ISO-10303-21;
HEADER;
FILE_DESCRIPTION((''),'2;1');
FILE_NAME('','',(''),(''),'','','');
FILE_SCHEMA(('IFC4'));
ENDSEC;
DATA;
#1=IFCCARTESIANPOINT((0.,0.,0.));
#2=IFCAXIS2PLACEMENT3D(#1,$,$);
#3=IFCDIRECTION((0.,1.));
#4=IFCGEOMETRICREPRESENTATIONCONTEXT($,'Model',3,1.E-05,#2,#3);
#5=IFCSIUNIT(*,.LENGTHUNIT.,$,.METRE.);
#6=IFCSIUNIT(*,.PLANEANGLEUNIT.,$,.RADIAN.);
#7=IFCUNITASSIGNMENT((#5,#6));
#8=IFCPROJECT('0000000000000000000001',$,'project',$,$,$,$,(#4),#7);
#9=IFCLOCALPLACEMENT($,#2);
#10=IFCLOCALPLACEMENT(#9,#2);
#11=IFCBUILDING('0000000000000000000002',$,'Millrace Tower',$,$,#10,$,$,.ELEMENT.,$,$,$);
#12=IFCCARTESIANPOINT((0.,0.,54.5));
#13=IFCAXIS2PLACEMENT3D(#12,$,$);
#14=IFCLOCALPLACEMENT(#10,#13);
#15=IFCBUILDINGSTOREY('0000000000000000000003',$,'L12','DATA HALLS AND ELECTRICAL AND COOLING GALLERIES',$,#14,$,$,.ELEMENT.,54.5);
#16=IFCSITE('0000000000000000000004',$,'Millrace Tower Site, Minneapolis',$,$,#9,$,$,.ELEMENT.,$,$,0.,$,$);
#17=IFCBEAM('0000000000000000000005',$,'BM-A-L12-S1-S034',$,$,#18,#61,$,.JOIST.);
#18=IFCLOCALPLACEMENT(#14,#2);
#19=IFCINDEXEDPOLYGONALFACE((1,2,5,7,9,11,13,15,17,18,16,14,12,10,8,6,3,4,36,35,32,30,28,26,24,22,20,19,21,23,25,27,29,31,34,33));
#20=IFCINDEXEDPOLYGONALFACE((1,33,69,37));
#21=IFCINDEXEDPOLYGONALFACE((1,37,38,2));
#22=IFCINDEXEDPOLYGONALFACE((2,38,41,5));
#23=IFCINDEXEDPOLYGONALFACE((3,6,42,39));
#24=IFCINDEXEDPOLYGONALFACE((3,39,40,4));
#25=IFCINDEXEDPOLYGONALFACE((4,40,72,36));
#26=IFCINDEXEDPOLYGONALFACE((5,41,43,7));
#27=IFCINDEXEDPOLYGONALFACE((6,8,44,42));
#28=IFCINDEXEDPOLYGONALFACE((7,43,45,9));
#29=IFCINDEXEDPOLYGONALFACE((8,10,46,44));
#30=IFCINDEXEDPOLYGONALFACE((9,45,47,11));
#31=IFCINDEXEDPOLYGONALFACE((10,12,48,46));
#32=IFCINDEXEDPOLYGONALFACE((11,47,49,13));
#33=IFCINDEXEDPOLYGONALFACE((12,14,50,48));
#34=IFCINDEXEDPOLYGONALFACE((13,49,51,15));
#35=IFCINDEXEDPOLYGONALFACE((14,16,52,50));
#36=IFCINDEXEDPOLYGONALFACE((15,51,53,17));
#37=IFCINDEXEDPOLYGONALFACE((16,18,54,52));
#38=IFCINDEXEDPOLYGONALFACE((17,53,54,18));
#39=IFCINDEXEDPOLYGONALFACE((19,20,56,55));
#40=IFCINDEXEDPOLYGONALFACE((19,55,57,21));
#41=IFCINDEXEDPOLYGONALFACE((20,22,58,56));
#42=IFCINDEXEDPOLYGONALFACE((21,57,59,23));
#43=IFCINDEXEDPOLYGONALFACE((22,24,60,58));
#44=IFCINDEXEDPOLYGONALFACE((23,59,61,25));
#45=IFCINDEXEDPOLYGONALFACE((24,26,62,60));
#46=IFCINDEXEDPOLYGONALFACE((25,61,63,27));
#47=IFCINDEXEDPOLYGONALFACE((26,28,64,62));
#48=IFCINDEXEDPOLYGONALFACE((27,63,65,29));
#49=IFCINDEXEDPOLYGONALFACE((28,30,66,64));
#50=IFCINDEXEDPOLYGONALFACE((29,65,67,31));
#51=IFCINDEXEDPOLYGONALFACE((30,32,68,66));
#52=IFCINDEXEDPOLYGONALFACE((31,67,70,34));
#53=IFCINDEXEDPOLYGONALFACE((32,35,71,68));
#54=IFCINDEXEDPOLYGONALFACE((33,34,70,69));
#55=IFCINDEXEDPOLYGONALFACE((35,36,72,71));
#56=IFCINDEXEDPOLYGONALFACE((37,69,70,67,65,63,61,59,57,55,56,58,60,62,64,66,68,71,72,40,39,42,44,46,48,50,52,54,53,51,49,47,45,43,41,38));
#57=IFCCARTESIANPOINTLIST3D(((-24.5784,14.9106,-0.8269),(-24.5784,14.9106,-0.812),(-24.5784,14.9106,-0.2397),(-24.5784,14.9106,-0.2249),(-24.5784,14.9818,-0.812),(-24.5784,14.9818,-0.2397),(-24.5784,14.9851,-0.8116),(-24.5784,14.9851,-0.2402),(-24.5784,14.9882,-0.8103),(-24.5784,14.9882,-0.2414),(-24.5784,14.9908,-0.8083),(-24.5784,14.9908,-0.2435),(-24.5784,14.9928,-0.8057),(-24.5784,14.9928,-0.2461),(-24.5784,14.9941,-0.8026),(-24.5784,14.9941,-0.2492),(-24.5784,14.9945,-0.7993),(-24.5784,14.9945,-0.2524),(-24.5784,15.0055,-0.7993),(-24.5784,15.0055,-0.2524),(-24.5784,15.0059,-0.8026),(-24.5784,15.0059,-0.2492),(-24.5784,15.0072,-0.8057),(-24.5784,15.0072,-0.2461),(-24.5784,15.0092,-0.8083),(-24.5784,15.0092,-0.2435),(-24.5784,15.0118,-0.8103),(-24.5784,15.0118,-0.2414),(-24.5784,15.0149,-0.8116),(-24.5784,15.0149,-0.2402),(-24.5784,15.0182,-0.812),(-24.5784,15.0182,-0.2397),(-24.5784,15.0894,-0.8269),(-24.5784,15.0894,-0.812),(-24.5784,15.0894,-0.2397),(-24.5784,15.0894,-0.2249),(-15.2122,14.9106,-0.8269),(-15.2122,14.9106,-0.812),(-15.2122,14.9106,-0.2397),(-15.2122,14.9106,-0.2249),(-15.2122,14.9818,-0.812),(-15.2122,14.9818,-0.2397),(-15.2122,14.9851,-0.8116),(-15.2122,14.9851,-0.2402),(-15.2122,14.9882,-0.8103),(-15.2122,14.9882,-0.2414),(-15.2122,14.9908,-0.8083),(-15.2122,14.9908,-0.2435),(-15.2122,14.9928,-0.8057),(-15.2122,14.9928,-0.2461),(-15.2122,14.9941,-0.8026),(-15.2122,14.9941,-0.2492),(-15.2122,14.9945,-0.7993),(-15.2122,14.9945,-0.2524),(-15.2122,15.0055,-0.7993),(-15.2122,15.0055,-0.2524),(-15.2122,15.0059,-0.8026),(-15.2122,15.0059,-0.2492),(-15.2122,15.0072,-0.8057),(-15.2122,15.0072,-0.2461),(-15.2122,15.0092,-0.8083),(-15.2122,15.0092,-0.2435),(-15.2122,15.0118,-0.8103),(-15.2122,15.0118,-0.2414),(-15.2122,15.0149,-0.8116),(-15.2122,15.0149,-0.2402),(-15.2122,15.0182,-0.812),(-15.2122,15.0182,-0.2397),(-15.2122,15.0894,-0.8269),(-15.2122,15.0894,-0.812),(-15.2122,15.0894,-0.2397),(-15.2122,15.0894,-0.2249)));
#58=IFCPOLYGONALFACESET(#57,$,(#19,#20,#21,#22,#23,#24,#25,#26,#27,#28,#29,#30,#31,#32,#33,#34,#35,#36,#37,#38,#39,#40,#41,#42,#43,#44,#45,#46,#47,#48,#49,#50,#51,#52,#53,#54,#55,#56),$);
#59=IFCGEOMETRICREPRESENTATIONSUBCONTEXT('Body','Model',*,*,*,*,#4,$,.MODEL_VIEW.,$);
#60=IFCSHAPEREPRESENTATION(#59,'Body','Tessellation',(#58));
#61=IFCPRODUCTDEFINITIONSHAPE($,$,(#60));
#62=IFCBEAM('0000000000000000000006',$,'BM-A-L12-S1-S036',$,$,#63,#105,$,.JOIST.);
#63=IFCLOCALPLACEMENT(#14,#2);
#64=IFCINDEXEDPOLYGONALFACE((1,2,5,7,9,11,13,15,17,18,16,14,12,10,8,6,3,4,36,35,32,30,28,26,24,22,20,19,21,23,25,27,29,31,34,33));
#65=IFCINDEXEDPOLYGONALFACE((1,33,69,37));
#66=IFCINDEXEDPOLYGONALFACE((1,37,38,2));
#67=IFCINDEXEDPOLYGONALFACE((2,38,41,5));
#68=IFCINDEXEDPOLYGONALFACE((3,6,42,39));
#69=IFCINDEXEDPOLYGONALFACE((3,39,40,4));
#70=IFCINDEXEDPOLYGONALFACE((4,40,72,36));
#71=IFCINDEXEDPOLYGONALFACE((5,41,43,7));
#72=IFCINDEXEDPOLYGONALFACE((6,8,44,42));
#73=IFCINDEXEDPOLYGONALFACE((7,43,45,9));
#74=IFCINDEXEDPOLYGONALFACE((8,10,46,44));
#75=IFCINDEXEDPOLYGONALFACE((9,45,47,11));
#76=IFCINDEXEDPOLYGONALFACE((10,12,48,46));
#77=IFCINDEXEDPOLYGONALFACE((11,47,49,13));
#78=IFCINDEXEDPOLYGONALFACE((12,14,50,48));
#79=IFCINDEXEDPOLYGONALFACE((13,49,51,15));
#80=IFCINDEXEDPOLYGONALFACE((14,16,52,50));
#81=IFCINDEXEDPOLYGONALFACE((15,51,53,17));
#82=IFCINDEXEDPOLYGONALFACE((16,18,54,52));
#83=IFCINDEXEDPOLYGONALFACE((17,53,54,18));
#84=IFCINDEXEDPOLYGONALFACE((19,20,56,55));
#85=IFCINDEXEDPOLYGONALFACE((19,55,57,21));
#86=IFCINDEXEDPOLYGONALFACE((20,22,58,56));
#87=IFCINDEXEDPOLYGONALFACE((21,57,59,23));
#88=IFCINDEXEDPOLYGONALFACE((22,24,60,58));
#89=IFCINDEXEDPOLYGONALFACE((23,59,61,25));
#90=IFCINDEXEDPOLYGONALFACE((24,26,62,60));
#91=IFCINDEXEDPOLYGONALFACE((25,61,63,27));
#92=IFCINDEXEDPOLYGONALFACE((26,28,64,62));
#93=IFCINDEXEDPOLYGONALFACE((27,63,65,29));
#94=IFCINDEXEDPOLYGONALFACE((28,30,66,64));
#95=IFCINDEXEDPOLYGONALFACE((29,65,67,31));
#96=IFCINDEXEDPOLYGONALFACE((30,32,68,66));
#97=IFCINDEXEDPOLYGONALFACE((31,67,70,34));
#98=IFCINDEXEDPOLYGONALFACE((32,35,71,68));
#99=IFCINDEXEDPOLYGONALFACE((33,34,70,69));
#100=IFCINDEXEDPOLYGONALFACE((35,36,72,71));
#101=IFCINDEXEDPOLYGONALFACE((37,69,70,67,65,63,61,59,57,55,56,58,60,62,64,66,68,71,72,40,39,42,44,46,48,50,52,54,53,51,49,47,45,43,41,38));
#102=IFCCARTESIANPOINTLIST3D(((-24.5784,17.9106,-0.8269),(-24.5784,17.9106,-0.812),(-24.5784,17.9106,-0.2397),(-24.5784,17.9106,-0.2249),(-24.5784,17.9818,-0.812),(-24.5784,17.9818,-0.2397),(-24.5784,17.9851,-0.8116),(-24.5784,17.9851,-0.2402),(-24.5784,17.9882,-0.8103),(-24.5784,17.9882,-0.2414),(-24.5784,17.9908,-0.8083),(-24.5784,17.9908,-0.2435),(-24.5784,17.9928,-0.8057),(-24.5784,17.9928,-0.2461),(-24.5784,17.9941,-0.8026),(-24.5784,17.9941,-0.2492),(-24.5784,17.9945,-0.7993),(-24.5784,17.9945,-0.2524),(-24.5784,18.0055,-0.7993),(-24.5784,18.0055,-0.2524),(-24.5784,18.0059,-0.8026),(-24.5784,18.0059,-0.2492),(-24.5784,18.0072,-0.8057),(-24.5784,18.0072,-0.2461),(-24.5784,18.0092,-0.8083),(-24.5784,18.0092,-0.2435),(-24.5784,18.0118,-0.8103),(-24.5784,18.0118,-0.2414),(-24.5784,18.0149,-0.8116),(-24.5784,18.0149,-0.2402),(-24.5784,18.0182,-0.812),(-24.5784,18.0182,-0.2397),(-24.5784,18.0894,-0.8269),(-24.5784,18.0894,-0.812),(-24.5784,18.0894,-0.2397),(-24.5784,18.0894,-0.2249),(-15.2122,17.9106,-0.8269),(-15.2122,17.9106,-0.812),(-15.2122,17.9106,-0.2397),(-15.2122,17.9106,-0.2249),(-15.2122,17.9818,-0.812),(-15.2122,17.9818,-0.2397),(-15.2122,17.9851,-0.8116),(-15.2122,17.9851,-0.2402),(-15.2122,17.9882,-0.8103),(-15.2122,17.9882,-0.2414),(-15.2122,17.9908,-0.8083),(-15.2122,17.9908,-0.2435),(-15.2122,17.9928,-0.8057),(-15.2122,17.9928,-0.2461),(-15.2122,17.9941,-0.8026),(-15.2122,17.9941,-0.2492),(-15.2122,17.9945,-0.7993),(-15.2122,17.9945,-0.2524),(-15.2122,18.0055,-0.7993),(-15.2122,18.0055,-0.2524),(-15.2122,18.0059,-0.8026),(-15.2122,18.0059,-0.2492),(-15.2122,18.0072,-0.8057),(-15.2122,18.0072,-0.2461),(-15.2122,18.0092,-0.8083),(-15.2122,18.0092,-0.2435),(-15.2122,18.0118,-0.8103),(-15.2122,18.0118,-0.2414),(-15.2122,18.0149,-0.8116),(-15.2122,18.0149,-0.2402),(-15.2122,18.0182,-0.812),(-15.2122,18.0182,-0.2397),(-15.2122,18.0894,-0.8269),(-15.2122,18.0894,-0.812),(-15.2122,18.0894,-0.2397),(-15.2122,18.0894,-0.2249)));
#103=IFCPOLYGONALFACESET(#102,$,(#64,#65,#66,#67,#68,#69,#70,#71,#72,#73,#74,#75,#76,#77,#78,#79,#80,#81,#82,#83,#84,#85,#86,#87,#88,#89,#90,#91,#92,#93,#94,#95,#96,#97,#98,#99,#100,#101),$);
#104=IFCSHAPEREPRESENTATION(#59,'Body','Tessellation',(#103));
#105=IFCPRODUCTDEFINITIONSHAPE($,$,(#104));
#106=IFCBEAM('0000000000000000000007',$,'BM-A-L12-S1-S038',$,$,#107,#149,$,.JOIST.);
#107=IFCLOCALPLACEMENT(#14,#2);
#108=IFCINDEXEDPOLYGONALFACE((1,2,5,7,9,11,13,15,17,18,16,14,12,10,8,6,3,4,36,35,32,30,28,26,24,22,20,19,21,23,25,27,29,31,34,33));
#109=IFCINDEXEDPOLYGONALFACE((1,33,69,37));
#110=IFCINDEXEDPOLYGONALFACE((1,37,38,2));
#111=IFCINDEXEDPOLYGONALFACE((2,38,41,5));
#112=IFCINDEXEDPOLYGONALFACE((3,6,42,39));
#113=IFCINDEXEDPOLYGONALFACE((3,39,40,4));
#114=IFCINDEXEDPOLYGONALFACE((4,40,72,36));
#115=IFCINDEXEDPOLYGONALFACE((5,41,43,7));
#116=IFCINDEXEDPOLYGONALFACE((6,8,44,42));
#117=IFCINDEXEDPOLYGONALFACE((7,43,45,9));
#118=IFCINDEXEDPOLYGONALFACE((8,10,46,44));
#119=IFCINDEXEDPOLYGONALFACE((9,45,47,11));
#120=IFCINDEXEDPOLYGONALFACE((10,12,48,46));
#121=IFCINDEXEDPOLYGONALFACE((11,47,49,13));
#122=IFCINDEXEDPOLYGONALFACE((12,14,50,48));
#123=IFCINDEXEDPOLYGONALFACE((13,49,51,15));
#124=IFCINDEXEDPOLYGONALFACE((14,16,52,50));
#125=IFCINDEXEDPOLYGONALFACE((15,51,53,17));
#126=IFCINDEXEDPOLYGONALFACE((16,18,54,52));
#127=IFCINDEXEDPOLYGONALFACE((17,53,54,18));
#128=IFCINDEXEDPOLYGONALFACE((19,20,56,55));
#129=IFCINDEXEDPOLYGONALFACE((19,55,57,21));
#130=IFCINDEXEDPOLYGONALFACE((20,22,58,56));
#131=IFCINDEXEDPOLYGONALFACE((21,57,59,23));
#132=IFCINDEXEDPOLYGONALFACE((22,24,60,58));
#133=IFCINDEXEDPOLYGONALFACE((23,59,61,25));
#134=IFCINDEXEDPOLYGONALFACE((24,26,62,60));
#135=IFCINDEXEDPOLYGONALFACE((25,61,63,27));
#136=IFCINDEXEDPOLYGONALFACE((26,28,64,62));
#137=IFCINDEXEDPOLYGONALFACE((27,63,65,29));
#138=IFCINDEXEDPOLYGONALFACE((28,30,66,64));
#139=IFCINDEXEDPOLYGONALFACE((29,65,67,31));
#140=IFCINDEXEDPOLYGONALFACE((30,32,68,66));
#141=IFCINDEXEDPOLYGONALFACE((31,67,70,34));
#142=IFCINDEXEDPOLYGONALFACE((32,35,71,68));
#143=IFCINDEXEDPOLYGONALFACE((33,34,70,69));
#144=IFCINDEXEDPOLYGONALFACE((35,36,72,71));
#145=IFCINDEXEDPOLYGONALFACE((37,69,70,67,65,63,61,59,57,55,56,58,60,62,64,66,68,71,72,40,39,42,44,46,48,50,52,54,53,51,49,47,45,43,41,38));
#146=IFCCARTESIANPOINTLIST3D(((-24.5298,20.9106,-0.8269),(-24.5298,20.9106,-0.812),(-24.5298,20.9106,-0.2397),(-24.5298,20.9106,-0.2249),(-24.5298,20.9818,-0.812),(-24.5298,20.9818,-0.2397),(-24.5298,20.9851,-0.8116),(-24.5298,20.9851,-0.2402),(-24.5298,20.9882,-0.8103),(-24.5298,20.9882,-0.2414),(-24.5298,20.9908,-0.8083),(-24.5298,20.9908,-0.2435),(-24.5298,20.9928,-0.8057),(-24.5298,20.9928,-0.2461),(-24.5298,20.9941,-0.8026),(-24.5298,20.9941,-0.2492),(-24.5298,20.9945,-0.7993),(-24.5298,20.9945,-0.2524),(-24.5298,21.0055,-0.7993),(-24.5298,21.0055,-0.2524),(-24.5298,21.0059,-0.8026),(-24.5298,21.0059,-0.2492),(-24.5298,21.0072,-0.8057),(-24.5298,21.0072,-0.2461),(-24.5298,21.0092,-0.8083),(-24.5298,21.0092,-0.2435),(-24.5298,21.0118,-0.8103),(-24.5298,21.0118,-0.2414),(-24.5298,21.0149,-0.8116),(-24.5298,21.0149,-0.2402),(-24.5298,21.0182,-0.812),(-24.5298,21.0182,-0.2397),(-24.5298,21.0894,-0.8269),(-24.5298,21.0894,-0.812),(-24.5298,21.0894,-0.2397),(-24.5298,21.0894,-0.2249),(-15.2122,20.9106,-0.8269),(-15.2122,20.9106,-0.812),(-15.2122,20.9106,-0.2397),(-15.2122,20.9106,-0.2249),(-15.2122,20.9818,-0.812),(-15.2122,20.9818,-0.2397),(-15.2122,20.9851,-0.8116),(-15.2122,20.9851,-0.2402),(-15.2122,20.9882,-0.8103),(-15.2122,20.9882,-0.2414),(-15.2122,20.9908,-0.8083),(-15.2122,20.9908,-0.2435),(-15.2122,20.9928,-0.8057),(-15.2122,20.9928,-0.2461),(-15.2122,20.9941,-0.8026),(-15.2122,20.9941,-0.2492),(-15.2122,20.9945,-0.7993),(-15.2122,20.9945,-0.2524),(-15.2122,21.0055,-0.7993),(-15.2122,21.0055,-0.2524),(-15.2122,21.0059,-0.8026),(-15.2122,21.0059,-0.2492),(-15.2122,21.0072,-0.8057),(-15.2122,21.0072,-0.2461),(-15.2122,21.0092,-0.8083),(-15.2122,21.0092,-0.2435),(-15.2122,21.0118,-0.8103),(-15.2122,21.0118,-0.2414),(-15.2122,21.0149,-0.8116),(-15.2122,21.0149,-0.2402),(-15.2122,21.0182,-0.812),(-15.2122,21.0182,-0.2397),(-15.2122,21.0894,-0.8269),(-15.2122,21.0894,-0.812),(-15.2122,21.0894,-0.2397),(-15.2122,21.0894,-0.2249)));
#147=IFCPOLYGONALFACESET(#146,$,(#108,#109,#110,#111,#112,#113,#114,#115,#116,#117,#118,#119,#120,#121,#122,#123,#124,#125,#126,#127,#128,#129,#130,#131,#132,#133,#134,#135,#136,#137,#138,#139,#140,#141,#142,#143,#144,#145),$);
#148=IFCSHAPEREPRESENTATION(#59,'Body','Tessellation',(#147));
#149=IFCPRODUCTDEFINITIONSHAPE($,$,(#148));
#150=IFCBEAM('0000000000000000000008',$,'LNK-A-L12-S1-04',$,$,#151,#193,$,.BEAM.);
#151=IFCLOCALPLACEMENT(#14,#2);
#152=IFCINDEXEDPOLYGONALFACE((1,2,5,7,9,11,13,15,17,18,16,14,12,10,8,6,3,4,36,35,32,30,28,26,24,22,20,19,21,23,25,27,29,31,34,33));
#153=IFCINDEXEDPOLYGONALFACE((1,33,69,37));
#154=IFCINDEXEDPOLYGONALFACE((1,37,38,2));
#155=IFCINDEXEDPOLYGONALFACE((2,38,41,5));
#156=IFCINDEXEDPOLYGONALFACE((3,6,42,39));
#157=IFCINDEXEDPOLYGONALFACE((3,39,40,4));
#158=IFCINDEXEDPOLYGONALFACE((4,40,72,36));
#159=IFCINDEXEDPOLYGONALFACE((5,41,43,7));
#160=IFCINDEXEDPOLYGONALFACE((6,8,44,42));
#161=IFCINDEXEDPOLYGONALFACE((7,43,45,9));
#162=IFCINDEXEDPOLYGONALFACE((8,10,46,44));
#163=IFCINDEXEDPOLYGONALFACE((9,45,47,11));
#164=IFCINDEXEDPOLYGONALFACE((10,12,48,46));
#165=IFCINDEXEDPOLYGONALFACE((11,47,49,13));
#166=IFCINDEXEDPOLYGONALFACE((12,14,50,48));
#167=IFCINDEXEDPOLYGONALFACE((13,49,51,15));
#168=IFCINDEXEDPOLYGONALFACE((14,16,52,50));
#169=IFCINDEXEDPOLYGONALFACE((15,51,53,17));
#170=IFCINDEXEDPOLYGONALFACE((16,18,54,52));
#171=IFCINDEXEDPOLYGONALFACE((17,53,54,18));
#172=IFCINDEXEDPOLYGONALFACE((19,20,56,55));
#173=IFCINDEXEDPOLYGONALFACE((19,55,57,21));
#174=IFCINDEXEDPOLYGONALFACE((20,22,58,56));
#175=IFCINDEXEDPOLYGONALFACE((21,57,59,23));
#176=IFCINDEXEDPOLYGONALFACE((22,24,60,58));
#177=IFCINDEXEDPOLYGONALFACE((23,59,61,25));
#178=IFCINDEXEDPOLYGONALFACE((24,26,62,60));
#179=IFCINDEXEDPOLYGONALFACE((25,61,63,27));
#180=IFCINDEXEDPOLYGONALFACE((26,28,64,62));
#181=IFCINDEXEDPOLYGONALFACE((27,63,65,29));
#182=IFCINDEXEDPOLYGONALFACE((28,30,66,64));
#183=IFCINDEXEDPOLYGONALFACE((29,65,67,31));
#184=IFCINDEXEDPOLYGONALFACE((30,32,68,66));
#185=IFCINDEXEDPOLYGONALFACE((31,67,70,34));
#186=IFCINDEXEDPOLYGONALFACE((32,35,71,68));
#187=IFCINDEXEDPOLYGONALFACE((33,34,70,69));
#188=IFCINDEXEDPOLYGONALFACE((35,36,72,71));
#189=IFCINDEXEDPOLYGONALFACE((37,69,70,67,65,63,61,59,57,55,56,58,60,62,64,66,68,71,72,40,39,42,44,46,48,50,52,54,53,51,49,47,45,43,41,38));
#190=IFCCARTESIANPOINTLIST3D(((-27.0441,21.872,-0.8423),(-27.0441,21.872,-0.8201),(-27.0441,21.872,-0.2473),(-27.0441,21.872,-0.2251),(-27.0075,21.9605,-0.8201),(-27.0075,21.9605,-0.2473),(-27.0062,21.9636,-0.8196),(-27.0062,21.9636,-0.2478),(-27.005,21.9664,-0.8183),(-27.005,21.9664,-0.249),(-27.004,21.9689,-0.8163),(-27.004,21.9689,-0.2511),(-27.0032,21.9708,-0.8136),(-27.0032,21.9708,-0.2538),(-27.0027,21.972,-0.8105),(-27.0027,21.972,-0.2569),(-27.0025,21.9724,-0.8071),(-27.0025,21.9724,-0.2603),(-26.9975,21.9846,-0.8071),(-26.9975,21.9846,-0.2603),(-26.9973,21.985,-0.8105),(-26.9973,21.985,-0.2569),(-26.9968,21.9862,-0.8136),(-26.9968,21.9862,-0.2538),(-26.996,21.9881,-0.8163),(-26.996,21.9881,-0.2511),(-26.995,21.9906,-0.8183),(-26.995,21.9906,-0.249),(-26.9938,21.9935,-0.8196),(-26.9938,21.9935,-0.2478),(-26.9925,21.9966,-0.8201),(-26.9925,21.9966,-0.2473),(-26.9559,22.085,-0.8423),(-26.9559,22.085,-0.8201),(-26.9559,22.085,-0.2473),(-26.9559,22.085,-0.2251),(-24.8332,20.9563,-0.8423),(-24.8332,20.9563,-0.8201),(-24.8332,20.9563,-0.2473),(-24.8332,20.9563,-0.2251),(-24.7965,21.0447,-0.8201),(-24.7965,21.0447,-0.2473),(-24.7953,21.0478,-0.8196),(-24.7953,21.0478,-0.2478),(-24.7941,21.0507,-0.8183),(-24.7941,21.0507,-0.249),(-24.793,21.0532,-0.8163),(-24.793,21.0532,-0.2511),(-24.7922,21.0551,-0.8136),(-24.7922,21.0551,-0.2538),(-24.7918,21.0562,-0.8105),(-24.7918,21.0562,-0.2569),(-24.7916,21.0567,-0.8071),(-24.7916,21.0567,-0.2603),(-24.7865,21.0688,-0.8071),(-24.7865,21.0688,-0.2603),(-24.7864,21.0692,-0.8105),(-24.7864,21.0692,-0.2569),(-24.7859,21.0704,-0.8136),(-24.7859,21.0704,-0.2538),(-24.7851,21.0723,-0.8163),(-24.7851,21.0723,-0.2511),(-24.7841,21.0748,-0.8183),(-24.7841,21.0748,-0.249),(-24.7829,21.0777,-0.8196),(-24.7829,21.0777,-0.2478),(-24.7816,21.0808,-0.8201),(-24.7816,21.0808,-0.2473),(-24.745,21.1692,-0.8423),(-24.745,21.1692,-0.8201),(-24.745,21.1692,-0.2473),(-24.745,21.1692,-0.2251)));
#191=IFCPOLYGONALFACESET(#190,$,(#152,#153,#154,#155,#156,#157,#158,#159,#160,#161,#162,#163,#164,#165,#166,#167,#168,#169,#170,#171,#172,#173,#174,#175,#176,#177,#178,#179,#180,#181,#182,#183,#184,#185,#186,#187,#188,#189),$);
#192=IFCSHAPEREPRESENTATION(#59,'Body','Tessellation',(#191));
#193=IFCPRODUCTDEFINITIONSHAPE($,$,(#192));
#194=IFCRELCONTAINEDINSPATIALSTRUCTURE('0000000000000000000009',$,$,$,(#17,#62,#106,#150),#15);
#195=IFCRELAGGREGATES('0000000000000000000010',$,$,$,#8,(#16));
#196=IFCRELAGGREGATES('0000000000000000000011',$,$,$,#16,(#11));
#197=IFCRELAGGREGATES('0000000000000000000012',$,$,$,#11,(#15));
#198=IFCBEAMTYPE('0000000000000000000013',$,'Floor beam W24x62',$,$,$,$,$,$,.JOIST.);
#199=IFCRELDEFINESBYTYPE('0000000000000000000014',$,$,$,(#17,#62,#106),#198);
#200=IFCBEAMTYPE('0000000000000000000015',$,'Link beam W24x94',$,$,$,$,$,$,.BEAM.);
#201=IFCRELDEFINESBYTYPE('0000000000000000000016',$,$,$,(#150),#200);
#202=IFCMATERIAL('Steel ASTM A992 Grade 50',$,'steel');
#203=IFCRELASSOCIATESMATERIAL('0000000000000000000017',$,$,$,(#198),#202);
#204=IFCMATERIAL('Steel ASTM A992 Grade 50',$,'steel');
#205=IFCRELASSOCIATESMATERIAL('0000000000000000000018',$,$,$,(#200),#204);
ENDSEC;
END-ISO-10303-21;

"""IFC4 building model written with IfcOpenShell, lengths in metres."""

from ifc_helpers import new_model, si_unit, direction, frame, origin, origin_2d, place, context, subcontext, project, spatial, i_section, extrude, material, material_profile, profile_set, type_object, element, save


model = new_model("IFC4")

# Units and contexts
model_context = context("Model", 3, precision=1e-05, world=origin(), true_north=direction((0.0, 1.0)))
body_context = subcontext(model_context, "Body", "Model", "MODEL_VIEW")
ifc_project = project(units=[si_unit("LENGTHUNIT", "METRE"), si_unit("PLANEANGLEUNIT", "RADIAN")], contexts=[model_context])

# Site, building, storey
site_placement = place(None, origin())
site = spatial("IfcSite", under=ifc_project, at=site_placement, Name="Millrace Tower Site, Minneapolis", CompositionType="ELEMENT", RefElevation=0.0)
building_placement = place(site_placement, origin())
building = spatial("IfcBuilding", under=site, at=building_placement, Name="Millrace Tower", CompositionType="ELEMENT")
storey_placement = place(building_placement, frame((0.0, 0.0, 54.5)))
storey = spatial("IfcBuildingStorey", under=building, at=storey_placement, Name="L12", Description="DATA HALLS AND ELECTRICAL AND COOLING GALLERIES", CompositionType="ELEMENT", Elevation=54.5)

# Beams
ifc_material_1 = material(Name="Steel ASTM A992 Grade 50", Category="steel")
ifc_material_profile_1 = material_profile(ifc_material_1, i_section(OverallWidth=0.1787, OverallDepth=0.6021, WebThickness=0.011, FlangeThickness=0.0149, FilletRadius=0.0127, at=origin_2d()))
ifc_profile_set_1 = profile_set([ifc_material_profile_1], Name="Steel ASTM A992 Grade 50")
beam_type_1 = type_object("IfcBeamType", Name="Floor beam W24x62", PredefinedType="JOIST", material=ifc_profile_set_1)
for number, where, z_axis, x_axis, name in (
    (1, (-24.5784, 15.0, -0.5259), (1.0, 0.0, 0.0), (0.0, 1.0, 0.0), "BM-A-L12-S1-S034"),
    (2, (-24.5784, 18.0, -0.5259), (1.0, 0.0, 0.0), (0.0, 1.0, 0.0), "BM-A-L12-S1-S036"),
):
    element("IfcBeam", number, at=place(storey_placement, frame(where, z_axis=z_axis, x_axis=x_axis)), inside=storey, type_object=beam_type_1, Name=name, PredefinedType="JOIST", context=body_context, shape_type="SweptSolid", body=[
        extrude(i_section(OverallWidth=0.1787, OverallDepth=0.6021, WebThickness=0.011, FlangeThickness=0.0149, FilletRadius=0.0127, at=origin_2d()), origin(), (0.0, 0.0, 1.0), 9.3662),
    ])
beam_1_placement = place(storey_placement, frame((-24.5298, 21.0, -0.5259), z_axis=(1.0, 0.0, 0.0), x_axis=(0.0, 1.0, 0.0)))
element("IfcBeam", 3, at=beam_1_placement, inside=storey, type_object=beam_type_1, Name="BM-A-L12-S1-S038", PredefinedType="JOIST", context=body_context, shape_type="SweptSolid", body=[
    extrude(i_section(OverallWidth=0.1787, OverallDepth=0.6021, WebThickness=0.011, FlangeThickness=0.0149, FilletRadius=0.0127, at=origin_2d()), origin(), (0.0, 0.0, 1.0), 9.3176),
])
ifc_material_2 = material(Name="Steel ASTM A992 Grade 50", Category="steel")
ifc_material_profile_2 = material_profile(ifc_material_2, i_section(OverallWidth=0.2305, OverallDepth=0.6172, WebThickness=0.0132, FlangeThickness=0.0222, FilletRadius=0.0129, at=origin_2d()))
ifc_profile_set_2 = profile_set([ifc_material_profile_2], Name="Steel ASTM A992 Grade 50")
beam_type_2 = type_object("IfcBeamType", Name="Link beam W24x94", PredefinedType="BEAM", material=ifc_profile_set_2)
for number, where, z_axis, x_axis, name in (
    (4, (-24.7891, 21.0627, -0.5337), (-0.923884, 0.382673, 0.0), (-0.382673, -0.923884, 0.0), "LNK-A-L12-S1-04"),
):
    element("IfcBeam", number, at=place(storey_placement, frame(where, z_axis=z_axis, x_axis=x_axis)), inside=storey, type_object=beam_type_2, Name=name, PredefinedType="BEAM", context=body_context, shape_type="SweptSolid", body=[
        extrude(i_section(OverallWidth=0.2305, OverallDepth=0.6172, WebThickness=0.0132, FlangeThickness=0.0222, FilletRadius=0.0129, at=origin_2d()), origin(), (0.0, 0.0, 1.0), 2.3931),
    ])

save(model, "model.ifc")
